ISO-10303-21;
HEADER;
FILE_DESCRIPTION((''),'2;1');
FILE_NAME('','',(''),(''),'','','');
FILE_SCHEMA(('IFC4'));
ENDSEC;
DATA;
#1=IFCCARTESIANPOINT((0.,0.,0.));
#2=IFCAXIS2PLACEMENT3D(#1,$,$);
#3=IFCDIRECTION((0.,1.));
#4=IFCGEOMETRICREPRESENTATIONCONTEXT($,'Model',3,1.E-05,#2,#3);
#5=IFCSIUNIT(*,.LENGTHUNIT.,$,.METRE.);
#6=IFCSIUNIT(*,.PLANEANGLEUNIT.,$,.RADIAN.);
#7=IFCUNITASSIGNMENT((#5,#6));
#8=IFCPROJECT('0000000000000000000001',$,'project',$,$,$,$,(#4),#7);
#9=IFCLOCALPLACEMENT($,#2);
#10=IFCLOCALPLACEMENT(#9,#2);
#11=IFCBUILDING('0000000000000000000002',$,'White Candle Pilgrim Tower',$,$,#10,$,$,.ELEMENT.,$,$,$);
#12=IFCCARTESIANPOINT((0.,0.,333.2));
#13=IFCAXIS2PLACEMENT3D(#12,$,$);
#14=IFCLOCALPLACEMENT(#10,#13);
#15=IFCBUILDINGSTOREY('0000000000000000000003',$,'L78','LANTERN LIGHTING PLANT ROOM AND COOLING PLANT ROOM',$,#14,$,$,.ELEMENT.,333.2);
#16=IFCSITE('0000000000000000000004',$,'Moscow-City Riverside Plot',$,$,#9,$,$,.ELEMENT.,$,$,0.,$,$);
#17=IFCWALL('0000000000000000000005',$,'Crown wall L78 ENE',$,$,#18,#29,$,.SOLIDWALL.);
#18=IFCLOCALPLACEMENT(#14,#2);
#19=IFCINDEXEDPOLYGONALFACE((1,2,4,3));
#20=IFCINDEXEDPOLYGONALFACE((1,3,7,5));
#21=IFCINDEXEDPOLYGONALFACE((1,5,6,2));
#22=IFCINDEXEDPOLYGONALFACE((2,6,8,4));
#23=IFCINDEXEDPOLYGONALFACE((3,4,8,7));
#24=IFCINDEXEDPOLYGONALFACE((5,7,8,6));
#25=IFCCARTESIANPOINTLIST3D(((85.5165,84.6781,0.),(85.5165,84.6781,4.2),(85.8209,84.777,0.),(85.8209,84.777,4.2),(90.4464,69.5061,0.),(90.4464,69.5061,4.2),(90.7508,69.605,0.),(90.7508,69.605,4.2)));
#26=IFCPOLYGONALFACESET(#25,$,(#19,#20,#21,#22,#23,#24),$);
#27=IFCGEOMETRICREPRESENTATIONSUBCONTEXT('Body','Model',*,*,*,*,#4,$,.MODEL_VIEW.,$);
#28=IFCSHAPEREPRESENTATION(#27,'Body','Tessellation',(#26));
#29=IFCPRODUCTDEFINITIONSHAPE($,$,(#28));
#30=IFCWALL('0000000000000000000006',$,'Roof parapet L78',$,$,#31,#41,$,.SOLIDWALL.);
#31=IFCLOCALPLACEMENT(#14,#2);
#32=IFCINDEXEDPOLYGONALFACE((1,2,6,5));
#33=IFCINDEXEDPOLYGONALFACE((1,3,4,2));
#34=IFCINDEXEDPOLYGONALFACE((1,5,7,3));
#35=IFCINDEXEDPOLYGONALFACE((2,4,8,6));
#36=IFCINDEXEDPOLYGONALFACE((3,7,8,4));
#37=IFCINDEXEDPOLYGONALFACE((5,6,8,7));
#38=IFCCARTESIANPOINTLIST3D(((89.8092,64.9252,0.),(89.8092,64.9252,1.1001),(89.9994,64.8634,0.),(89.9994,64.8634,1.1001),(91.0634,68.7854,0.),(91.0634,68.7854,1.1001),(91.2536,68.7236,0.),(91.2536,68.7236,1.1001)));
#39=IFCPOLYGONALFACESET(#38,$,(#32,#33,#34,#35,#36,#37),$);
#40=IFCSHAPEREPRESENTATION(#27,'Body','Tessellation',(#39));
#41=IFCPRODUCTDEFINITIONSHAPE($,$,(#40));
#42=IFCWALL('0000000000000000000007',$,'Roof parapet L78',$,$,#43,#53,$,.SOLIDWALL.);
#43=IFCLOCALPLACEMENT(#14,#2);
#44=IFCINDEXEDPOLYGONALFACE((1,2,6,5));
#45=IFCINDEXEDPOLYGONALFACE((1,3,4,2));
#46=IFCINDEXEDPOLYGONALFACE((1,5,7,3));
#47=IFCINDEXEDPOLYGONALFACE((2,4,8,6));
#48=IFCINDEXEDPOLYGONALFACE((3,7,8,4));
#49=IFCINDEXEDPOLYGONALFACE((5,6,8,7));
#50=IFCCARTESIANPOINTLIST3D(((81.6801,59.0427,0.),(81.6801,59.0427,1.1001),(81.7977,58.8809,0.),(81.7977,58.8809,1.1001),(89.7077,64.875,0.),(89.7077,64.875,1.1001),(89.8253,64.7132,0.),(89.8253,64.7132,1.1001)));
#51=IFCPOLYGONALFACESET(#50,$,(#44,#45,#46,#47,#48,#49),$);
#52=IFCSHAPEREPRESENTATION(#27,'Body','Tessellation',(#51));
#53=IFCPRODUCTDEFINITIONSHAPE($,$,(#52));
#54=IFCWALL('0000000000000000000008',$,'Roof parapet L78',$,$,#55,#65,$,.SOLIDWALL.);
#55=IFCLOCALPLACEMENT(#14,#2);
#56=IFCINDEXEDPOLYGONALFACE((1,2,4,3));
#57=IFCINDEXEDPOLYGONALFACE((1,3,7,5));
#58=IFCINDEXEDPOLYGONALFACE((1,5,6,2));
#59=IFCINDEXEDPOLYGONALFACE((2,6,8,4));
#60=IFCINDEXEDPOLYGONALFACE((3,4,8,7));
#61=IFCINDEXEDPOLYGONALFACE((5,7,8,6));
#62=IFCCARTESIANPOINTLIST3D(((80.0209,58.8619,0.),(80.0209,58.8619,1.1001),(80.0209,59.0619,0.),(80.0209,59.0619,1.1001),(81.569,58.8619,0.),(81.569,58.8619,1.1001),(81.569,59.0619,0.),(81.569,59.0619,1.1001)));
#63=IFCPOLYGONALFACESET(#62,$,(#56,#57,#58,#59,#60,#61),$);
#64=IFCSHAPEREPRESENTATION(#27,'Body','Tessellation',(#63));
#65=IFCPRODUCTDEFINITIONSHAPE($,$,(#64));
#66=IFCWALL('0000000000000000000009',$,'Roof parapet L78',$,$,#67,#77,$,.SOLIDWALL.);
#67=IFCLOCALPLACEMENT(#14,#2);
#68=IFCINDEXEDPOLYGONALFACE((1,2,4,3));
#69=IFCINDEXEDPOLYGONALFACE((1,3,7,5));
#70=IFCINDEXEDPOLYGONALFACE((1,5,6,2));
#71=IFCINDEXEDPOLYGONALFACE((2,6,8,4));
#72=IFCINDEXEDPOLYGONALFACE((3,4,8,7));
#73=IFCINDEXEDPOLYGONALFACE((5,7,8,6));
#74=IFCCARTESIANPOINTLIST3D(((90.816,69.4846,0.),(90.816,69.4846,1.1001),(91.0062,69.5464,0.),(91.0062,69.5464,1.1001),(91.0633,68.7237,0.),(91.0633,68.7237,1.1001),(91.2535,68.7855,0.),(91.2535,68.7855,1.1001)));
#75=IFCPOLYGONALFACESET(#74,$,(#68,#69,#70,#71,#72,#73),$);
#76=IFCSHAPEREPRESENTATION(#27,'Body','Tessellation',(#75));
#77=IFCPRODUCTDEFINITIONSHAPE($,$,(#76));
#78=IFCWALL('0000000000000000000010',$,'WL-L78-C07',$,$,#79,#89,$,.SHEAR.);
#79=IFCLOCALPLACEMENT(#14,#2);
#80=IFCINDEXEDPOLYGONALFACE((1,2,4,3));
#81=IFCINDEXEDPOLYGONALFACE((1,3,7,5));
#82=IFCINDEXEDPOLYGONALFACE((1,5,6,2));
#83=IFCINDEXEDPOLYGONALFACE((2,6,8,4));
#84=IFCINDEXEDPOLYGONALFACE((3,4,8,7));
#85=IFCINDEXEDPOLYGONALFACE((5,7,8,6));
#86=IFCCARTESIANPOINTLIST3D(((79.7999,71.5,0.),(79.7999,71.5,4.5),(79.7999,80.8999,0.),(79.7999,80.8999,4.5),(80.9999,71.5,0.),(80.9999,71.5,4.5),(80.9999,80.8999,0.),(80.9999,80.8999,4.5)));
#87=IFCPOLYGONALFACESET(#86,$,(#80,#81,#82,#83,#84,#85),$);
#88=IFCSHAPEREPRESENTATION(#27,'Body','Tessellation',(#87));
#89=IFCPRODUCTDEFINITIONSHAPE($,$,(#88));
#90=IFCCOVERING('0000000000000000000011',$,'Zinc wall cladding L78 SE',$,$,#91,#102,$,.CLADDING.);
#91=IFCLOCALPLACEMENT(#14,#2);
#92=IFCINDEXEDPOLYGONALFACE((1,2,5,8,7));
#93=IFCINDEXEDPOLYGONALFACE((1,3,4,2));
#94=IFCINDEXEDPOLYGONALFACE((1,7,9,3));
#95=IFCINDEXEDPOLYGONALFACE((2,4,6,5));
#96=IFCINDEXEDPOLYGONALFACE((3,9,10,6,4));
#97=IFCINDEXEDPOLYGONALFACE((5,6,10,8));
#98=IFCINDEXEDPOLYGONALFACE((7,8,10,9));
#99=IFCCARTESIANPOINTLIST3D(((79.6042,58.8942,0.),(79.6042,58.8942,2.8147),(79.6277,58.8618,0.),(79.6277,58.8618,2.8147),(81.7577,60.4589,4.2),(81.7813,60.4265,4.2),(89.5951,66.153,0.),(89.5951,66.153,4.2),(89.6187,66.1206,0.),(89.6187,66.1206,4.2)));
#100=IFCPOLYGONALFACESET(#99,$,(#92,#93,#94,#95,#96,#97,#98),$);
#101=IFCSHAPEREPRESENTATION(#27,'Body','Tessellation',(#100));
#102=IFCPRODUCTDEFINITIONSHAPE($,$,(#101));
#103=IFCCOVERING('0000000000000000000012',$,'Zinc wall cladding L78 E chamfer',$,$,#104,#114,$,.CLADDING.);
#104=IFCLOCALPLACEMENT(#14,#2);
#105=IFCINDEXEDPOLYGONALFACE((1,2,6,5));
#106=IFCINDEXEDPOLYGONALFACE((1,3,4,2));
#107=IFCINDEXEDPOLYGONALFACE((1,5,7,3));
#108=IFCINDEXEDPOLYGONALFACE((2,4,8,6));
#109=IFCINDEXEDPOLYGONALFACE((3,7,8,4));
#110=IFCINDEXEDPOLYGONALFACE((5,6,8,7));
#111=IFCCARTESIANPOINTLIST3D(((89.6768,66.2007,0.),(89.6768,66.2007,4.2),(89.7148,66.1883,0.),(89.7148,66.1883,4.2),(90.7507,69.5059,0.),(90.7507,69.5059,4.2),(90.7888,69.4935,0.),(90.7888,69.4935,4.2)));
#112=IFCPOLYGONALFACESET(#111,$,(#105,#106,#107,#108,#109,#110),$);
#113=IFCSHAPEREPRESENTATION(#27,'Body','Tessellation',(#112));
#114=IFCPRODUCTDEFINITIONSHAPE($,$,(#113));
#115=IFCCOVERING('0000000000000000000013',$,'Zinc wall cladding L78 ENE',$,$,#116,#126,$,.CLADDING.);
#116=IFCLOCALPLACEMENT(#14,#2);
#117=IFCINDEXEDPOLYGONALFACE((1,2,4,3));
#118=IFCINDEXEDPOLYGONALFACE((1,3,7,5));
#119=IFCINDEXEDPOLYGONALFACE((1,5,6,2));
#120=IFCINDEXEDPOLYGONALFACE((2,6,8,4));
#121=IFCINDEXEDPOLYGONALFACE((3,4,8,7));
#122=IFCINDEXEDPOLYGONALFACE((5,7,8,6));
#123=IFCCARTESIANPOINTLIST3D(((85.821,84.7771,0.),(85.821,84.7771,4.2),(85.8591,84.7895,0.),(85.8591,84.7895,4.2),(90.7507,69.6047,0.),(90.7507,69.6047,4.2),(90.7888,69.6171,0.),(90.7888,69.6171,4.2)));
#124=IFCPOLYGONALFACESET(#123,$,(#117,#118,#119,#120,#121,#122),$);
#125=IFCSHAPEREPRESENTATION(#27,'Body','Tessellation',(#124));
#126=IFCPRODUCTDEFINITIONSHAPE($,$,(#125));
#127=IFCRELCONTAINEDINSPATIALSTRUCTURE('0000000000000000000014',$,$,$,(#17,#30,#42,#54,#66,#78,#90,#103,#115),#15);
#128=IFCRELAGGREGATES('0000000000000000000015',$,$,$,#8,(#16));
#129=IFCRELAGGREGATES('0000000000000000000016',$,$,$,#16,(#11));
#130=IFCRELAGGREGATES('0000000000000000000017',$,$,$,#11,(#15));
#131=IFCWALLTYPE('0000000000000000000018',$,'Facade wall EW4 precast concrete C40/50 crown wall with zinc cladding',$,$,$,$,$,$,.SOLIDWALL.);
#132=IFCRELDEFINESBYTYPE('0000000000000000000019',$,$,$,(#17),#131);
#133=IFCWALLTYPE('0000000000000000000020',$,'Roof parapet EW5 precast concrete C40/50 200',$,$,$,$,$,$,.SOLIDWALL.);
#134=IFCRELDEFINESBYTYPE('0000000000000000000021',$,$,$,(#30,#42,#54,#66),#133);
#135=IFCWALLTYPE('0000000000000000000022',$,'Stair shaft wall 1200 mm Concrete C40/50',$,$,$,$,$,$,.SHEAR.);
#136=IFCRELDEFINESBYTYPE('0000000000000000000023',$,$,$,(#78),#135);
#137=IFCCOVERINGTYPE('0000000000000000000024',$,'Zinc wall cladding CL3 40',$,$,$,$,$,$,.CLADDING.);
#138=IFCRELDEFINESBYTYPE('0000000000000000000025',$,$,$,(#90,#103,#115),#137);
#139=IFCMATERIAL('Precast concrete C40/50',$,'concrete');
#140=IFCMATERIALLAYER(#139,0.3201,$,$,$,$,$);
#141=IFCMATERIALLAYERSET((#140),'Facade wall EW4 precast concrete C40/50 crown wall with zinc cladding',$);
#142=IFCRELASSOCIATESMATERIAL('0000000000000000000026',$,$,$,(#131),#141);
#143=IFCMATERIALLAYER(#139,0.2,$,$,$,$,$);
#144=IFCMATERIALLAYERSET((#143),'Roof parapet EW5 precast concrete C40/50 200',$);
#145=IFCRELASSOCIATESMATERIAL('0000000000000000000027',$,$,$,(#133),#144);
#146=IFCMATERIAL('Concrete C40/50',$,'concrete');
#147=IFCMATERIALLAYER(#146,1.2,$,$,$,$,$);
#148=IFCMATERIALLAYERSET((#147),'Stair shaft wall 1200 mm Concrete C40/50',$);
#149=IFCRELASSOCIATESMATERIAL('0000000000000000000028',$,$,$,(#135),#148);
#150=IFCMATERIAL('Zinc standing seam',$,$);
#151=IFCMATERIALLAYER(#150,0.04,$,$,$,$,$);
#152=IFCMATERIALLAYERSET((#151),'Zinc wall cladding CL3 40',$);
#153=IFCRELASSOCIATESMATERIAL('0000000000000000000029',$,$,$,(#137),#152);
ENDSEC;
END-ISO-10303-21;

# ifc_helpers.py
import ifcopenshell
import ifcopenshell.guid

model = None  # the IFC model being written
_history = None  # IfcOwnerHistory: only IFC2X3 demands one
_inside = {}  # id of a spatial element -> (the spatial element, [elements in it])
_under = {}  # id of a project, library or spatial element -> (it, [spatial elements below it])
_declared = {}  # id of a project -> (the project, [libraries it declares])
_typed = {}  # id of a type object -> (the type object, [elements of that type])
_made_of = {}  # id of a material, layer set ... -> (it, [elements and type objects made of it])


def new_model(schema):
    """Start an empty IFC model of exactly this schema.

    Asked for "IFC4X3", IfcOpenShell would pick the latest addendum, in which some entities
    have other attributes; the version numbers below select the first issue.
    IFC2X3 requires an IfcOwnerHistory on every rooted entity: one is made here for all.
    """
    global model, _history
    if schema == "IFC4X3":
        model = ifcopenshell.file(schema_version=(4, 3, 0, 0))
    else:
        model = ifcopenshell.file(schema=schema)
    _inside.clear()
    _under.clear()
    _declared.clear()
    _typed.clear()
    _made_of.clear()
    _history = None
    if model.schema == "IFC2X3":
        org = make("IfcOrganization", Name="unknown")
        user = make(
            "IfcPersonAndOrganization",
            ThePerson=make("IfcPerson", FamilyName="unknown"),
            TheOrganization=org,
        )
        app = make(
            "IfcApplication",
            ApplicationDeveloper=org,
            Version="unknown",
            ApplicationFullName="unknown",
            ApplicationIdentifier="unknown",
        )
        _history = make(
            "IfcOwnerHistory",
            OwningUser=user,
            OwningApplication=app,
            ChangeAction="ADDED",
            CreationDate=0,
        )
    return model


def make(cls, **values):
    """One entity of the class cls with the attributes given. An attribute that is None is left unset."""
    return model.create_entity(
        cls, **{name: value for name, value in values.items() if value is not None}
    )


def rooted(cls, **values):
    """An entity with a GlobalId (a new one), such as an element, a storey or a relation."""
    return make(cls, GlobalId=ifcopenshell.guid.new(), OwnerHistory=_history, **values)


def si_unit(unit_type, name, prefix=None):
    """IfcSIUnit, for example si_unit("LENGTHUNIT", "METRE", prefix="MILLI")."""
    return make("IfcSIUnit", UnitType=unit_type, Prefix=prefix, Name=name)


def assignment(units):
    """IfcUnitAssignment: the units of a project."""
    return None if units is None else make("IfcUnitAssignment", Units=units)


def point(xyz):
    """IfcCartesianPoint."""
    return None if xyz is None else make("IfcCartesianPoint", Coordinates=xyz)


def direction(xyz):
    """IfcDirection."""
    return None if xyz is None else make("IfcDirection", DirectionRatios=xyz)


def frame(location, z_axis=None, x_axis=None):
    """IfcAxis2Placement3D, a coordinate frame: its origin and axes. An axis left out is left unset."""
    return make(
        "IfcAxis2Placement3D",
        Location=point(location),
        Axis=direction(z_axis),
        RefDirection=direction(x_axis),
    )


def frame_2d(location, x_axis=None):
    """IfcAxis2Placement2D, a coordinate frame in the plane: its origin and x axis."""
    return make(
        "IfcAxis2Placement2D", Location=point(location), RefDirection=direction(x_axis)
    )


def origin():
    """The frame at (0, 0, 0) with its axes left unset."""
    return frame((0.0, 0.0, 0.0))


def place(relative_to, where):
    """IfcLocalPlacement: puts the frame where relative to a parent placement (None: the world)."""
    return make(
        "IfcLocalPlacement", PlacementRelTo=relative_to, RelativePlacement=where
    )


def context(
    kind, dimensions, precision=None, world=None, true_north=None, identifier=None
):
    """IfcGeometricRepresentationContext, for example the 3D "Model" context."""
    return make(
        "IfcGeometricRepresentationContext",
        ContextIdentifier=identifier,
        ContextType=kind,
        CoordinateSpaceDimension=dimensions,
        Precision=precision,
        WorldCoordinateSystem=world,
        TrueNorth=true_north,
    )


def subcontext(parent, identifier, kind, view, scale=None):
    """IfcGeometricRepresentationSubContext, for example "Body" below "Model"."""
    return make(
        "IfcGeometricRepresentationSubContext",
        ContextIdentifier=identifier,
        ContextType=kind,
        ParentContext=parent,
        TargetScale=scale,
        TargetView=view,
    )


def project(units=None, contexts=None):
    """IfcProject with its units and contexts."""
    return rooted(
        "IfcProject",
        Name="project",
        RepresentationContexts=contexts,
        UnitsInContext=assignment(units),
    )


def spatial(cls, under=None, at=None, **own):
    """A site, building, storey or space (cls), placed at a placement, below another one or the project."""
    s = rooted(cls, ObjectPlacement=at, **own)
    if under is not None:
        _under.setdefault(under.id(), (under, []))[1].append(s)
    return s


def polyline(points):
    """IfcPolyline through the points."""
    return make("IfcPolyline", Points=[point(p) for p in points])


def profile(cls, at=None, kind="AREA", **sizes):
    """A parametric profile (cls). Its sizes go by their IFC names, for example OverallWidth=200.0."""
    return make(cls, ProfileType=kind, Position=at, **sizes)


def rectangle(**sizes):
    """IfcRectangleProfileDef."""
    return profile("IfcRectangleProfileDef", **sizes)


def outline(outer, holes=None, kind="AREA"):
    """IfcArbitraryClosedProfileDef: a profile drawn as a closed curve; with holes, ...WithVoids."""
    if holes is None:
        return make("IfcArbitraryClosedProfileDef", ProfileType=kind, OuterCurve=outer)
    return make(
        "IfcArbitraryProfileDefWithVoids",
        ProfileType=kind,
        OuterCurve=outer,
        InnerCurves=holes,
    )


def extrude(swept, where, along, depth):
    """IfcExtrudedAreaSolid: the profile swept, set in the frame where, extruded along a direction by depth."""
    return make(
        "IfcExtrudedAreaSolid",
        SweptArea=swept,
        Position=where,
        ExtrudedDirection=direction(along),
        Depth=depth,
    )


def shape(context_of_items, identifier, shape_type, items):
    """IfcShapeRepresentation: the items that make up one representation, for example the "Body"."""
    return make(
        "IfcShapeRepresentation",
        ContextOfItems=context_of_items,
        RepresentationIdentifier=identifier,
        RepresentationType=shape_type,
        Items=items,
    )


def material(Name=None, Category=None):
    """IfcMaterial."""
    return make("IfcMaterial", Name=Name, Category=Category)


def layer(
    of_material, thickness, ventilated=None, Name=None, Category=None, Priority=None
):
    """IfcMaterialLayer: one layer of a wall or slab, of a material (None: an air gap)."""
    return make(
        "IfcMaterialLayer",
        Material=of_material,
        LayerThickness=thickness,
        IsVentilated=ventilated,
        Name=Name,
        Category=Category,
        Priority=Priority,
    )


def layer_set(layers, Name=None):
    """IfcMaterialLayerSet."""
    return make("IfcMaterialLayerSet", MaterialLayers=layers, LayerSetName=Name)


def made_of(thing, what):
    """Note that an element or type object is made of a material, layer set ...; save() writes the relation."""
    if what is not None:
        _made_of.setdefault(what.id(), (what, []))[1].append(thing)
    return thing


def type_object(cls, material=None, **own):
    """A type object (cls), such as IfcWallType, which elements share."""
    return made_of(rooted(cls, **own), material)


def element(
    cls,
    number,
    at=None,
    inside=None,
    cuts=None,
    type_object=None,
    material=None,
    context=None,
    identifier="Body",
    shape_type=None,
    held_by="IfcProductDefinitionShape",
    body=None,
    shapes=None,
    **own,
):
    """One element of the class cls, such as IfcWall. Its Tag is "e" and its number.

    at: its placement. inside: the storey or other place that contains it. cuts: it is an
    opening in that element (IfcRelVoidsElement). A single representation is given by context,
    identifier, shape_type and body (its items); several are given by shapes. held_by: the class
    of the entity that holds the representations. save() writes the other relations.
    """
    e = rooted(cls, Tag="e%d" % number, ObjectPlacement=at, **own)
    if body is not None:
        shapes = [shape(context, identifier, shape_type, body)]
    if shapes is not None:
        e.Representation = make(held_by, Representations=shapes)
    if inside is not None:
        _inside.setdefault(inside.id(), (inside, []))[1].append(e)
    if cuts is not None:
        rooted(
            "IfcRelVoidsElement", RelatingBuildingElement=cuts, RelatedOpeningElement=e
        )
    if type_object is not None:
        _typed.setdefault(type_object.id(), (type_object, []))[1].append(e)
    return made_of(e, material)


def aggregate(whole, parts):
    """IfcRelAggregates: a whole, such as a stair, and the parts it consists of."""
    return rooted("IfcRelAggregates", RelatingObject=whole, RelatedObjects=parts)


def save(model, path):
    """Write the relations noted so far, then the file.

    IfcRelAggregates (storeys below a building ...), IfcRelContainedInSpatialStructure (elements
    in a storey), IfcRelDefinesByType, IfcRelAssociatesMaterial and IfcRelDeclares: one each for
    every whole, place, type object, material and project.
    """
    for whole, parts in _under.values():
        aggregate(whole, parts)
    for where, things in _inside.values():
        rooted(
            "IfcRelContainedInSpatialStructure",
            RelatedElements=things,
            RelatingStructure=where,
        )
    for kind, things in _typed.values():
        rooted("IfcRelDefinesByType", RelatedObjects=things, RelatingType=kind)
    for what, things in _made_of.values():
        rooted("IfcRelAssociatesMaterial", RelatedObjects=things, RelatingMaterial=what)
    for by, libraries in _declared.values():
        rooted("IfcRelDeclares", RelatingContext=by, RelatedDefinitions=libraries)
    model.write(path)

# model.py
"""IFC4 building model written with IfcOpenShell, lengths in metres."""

from ifc_helpers import new_model, si_unit, direction, frame, frame_2d, origin, place, context, subcontext, project, spatial, polyline, rectangle, outline, extrude, material, layer, layer_set, type_object, element, save


model = new_model("IFC4")

# Units and contexts
model_context = context("Model", 3, precision=1e-05, world=origin(), true_north=direction((0.0, 1.0)))
body_context = subcontext(model_context, "Body", "Model", "MODEL_VIEW")
ifc_project = project(units=[si_unit("LENGTHUNIT", "METRE"), si_unit("PLANEANGLEUNIT", "RADIAN")], contexts=[model_context])

# Site, building, storey
site_placement = place(None, origin())
site = spatial("IfcSite", under=ifc_project, at=site_placement, Name="Moscow-City Riverside Plot", CompositionType="ELEMENT", RefElevation=0.0)
building_placement = place(site_placement, origin())
building = spatial("IfcBuilding", under=site, at=building_placement, Name="White Candle Pilgrim Tower", CompositionType="ELEMENT")
storey_placement = place(building_placement, frame((0.0, 0.0, 333.2)))
storey = spatial("IfcBuildingStorey", under=building, at=storey_placement, Name="L78", Description="LANTERN LIGHTING PLANT ROOM AND COOLING PLANT ROOM", CompositionType="ELEMENT", Elevation=333.2)

# Walls
ifc_material_1 = material(Name="Precast concrete C40/50", Category="concrete")
ifc_layer_1 = layer(ifc_material_1, 0.3201)
ifc_layer_set_1 = layer_set([ifc_layer_1], Name="Facade wall EW4 precast concrete C40/50 crown wall with zinc cladding")
wall_type_1 = type_object("IfcWallType", Name="Facade wall EW4 precast concrete C40/50 crown wall with zinc cladding", PredefinedType="SOLIDWALL", material=ifc_layer_set_1)
wall_1_placement = place(storey_placement, frame((90.5986, 69.5554, 0.0), z_axis=(0.0, 0.0, 1.0), x_axis=(-0.309029, 0.951053, 0.0)))
element("IfcWall", 1, at=wall_1_placement, inside=storey, type_object=wall_type_1, Name="Crown wall L78 ENE", PredefinedType="SOLIDWALL", context=body_context, shape_type="SweptSolid", body=[
    extrude(rectangle(XDim=15.9529, YDim=0.3201, at=frame_2d((7.9766, 0.0))), origin(), (0.0, 0.0, 1.0), 4.2),
])
ifc_layer_2 = layer(ifc_material_1, 0.2)
ifc_layer_set_2 = layer_set([ifc_layer_2], Name="Roof parapet EW5 precast concrete C40/50 200")
wall_type_2 = type_object("IfcWallType", Name="Roof parapet EW5 precast concrete C40/50 200", PredefinedType="SOLIDWALL", material=ifc_layer_set_2)
wall_2_placement = place(storey_placement, frame((91.1584, 68.7544, 0.0), z_axis=(0.0, 0.0, 1.0), x_axis=(-0.309, -0.951062, 0.0)))
element("IfcWall", 2, at=wall_2_placement, inside=storey, type_object=wall_type_2, Name="Roof parapet L78", PredefinedType="SOLIDWALL", context=body_context, shape_type="SweptSolid", body=[
    extrude(rectangle(XDim=4.0588, YDim=0.2, at=frame_2d((2.0293, 0.0))), origin(), (0.0, 0.0, 1.0), 1.1001),
])
wall_3_placement = place(storey_placement, frame((89.7666, 64.7942, 0.0), z_axis=(0.0, 0.0, 1.0), x_axis=(-0.809022, -0.587778, 0.0)))
element("IfcWall", 3, at=wall_3_placement, inside=storey, type_object=wall_type_2, Name="Roof parapet L78", PredefinedType="SOLIDWALL", context=body_context, shape_type="SweptSolid", body=[
    extrude(rectangle(XDim=9.9226, YDim=0.2, at=frame_2d((4.9614, 0.0))), origin(), (0.0, 0.0, 1.0), 1.1001),
])
wall_4_placement = place(storey_placement, frame((81.5688, 58.9619, 0.0), z_axis=(0.0, 0.0, 1.0), x_axis=(-1.0, 0.0, 0.0)))
element("IfcWall", 4, at=wall_4_placement, inside=storey, type_object=wall_type_2, Name="Roof parapet L78", PredefinedType="SOLIDWALL", context=body_context, shape_type="SweptSolid", body=[
    extrude(rectangle(XDim=1.5481, YDim=0.2, at=frame_2d((0.7739, 0.0))), origin(), (0.0, 0.0, 1.0), 1.1001),
])
wall_5_placement = place(storey_placement, frame((90.9111, 69.5154, 0.0), z_axis=(0.0, 0.0, 1.0), x_axis=(0.309079, -0.951036, 0.0)))
element("IfcWall", 5, at=wall_5_placement, inside=storey, type_object=wall_type_2, Name="Roof parapet L78", PredefinedType="SOLIDWALL", context=body_context, shape_type="SweptSolid", body=[
    extrude(rectangle(XDim=0.8, YDim=0.2, at=frame_2d((0.3999, 0.0))), origin(), (0.0, 0.0, 1.0), 1.1001),
])
ifc_material_2 = material(Name="Concrete C40/50", Category="concrete")
ifc_layer_3 = layer(ifc_material_2, 1.2)
ifc_layer_set_3 = layer_set([ifc_layer_3], Name="Stair shaft wall 1200 mm Concrete C40/50")
wall_type_3 = type_object("IfcWallType", Name="Stair shaft wall 1200 mm Concrete C40/50", PredefinedType="SHEAR", material=ifc_layer_set_3)
wall_6_placement = place(storey_placement, frame((80.3999, 71.5, 0.0), z_axis=(0.0, 0.0, 1.0), x_axis=(0.0, 1.0, 0.0)))
element("IfcWall", 6, at=wall_6_placement, inside=storey, type_object=wall_type_3, Name="WL-L78-C07", PredefinedType="SHEAR", context=body_context, shape_type="SweptSolid", body=[
    extrude(rectangle(XDim=9.3999, YDim=1.2, at=frame_2d((4.7, 0.0))), origin(), (0.0, 0.0, 1.0), 4.5),
])

# Coverings
ifc_material_3 = material(Name="Zinc standing seam")
ifc_layer_4 = layer(ifc_material_3, 0.04)
ifc_layer_set_4 = layer_set([ifc_layer_4], Name="Zinc wall cladding CL3 40")
covering_type = type_object("IfcCoveringType", Name="Zinc wall cladding CL3 40", PredefinedType="CLADDING", material=ifc_layer_set_4)
covering_1_placement = place(storey_placement, frame((79.6277, 58.8618, 2.8147), z_axis=(0.587781, -0.80902, 0.000006), x_axis=(0.717661, 0.521409, 0.461622)))
element("IfcCovering", 7, at=covering_1_placement, inside=storey, type_object=covering_type, Name="Zinc wall cladding L78 SE", PredefinedType="CLADDING", context=body_context, shape_type="SweptSolid", body=[
    extrude(outline(polyline([(0.0, 0.0), (3.0008, 0.0), (11.5944, -4.472), (9.6556, -8.1976), (-1.2993, -2.4969), (0.0, 0.0)])), origin(), (0.0, 0.0, -1.0), 0.04),
])
covering_2_placement = place(storey_placement, frame((89.6768, 66.2007, 4.2), z_axis=(-0.951052, 0.309032, 0.0), x_axis=(0.309032, 0.951052, 0.0)))
element("IfcCovering", 8, at=covering_2_placement, inside=storey, type_object=covering_type, Name="Zinc wall cladding L78 E chamfer", PredefinedType="CLADDING", context=body_context, shape_type="SweptSolid", body=[
    extrude(outline(polyline([(0.0, 0.0), (3.4753, 0.0), (3.4753, 4.2), (0.0, 4.2), (0.0, 0.0)])), origin(), (0.0, 0.0, -1.0), 0.04),
])
covering_3_placement = place(storey_placement, frame((90.7507, 69.6047, 4.2), z_axis=(-0.951059, -0.309011, 0.0), x_axis=(-0.309011, 0.951059, 0.0)))
element("IfcCovering", 9, at=covering_3_placement, inside=storey, type_object=covering_type, Name="Zinc wall cladding L78 ENE", PredefinedType="CLADDING", context=body_context, shape_type="SweptSolid", body=[
    extrude(outline(polyline([(0.0, 0.0), (15.9531, 0.0), (15.9531, 4.2), (0.0, 4.2), (0.0, 0.0)])), origin(), (0.0, 0.0, -1.0), 0.04),
])

save(model, "model.ifc")
